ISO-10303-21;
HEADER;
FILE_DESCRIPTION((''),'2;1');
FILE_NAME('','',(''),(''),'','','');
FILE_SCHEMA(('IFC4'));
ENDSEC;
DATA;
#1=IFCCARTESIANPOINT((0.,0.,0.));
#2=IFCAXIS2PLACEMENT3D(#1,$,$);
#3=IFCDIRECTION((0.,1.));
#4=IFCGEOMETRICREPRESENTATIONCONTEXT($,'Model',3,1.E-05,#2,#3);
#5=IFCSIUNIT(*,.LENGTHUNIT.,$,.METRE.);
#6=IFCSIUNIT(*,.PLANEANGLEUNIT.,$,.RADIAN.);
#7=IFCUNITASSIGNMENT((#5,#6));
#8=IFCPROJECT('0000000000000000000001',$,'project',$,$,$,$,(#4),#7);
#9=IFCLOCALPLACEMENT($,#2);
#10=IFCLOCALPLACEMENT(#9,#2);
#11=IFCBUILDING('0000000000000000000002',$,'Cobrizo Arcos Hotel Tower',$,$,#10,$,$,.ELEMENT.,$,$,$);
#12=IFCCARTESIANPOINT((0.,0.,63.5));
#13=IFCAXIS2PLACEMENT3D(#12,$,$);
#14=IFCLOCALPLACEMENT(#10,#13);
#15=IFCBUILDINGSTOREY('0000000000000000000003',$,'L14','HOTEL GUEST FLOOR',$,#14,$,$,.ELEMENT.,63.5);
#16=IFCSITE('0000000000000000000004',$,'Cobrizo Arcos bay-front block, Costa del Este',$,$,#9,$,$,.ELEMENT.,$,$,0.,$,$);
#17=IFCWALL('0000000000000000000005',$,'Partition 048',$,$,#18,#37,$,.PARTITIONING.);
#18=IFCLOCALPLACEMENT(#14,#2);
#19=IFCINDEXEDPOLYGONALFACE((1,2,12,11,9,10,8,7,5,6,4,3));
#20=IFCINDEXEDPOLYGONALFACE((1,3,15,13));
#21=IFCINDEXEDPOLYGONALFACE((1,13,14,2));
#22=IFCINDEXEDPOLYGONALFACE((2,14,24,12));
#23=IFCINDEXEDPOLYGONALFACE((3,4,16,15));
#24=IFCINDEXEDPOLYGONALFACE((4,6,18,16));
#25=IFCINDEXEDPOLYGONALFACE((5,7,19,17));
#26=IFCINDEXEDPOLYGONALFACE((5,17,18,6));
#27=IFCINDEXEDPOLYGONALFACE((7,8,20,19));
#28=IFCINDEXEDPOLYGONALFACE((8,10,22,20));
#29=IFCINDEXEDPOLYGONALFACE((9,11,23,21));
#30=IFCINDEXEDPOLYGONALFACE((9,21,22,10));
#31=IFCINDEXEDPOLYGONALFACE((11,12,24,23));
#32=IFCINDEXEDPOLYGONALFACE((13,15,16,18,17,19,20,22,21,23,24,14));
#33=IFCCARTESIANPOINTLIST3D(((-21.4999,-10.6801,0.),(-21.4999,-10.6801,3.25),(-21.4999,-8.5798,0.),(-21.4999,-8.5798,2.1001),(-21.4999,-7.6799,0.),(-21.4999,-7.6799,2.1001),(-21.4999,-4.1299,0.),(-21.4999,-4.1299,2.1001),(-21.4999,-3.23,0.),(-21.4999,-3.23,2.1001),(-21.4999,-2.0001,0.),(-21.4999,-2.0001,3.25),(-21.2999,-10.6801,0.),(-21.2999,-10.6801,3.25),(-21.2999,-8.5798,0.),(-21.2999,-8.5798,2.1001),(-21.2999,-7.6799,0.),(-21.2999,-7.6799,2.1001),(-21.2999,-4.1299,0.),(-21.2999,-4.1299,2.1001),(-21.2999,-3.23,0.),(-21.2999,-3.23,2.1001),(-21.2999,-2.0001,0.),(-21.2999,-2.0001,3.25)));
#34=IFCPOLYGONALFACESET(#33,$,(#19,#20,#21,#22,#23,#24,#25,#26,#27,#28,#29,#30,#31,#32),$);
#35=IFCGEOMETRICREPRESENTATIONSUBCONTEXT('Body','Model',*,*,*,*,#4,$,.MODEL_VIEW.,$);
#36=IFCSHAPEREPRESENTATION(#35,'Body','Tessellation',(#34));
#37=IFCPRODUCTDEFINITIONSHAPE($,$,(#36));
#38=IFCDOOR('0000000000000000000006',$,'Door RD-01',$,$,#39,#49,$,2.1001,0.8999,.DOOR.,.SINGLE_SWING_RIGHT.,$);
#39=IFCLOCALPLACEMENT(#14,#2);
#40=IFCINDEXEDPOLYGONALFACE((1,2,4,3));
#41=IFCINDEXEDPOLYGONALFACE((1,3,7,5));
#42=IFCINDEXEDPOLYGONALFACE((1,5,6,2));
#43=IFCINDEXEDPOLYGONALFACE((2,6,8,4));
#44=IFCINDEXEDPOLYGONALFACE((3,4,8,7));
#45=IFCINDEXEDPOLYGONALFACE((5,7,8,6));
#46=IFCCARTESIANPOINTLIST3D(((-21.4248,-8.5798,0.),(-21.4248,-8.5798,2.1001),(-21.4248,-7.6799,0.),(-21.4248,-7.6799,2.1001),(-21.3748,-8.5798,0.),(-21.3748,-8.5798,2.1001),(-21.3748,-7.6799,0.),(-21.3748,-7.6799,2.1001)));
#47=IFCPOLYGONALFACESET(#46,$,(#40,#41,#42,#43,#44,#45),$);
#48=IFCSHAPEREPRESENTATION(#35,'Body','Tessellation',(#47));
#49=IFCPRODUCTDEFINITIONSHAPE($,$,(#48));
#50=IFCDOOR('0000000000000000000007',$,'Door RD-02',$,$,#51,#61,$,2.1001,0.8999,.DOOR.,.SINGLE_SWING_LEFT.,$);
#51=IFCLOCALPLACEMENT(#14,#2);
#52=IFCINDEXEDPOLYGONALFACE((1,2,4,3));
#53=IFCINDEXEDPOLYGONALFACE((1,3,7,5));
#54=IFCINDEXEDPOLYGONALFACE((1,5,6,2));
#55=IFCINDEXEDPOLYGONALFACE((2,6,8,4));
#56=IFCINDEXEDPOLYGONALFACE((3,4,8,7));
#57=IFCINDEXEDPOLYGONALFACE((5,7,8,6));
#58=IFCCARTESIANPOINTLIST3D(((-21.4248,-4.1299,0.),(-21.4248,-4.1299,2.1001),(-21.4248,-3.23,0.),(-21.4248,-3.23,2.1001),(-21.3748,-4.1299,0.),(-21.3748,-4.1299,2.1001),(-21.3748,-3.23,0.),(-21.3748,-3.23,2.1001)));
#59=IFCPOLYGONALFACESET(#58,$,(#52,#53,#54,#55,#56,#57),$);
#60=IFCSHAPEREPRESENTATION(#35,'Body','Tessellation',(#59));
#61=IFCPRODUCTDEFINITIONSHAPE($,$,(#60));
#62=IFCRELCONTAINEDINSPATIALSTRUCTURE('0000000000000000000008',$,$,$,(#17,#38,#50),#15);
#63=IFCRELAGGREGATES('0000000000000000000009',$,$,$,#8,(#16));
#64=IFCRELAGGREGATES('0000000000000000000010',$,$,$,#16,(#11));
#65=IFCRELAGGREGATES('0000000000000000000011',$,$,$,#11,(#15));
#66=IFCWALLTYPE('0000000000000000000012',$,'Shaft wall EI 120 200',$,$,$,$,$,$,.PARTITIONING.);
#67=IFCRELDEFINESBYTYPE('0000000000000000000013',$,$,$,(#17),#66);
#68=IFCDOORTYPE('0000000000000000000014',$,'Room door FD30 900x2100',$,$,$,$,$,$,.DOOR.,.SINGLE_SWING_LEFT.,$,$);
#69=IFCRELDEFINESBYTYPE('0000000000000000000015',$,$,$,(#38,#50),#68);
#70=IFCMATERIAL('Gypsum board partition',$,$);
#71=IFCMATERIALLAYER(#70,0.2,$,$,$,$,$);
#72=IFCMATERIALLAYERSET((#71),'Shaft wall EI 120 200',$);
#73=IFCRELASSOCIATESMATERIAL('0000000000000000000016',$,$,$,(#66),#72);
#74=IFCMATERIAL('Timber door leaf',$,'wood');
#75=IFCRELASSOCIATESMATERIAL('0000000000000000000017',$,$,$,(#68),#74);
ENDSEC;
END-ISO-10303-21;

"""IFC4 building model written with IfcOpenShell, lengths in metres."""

from ifc_helpers import new_model, si_unit, direction, frame, frame_2d, origin, place, context, subcontext, project, spatial, rectangle, extrude, material, layer, layer_set, type_object, element, fill, save


model = new_model("IFC4")

# Units and contexts
model_context = context("Model", 3, precision=1e-05, world=origin(), true_north=direction((0.0, 1.0)))
body_context = subcontext(model_context, "Body", "Model", "MODEL_VIEW")
ifc_project = project(units=[si_unit("LENGTHUNIT", "METRE"), si_unit("PLANEANGLEUNIT", "RADIAN")], contexts=[model_context])

# Site, building, storey
site_placement = place(None, origin())
site = spatial("IfcSite", under=ifc_project, at=site_placement, Name="Cobrizo Arcos bay-front block, Costa del Este", CompositionType="ELEMENT", RefElevation=0.0)
building_placement = place(site_placement, origin())
building = spatial("IfcBuilding", under=site, at=building_placement, Name="Cobrizo Arcos Hotel Tower", CompositionType="ELEMENT")
storey_placement = place(building_placement, frame((0.0, 0.0, 63.5)))
storey = spatial("IfcBuildingStorey", under=building, at=storey_placement, Name="L14", Description="HOTEL GUEST FLOOR", CompositionType="ELEMENT", Elevation=63.5)

# Shared definitions
ifc_material_1 = material(Name="Gypsum board partition")

# Shared definitions
ifc_material_2 = material(Name="Timber door leaf", Category="wood")

# Wall, openings, doors
ifc_layer_1 = layer(ifc_material_1, 0.2)
ifc_layer_set_1 = layer_set([ifc_layer_1], Name="Shaft wall EI 120 200")
wall_type_1 = type_object("IfcWallType", Name="Shaft wall EI 120 200", PredefinedType="PARTITIONING", material=ifc_layer_set_1)
wall_1_placement = place(storey_placement, frame((-21.3999, -10.6799, 0.0), z_axis=(0.0, 0.0, 1.0), x_axis=(0.0, 1.0, 0.0)))
wall_1 = element("IfcWall", 1, at=wall_1_placement, inside=storey, type_object=wall_type_1, Name="Partition 048", PredefinedType="PARTITIONING", context=body_context, shape_type="SweptSolid", body=[
    extrude(rectangle(XDim=8.6799, YDim=0.2, at=frame_2d((4.3398, 0.0))), origin(), (0.0, 0.0, 1.0), 3.25),
])
opening_1_placement = place(wall_1_placement, frame((2.1001, 0.0, 0.0)))
opening_1 = element("IfcOpeningElement", 2, at=opening_1_placement, cuts=wall_1, PredefinedType="OPENING", context=body_context, shape_type="SweptSolid", body=[
    extrude(rectangle(XDim=0.8999, YDim=2.1001, at=frame_2d((0.45, 1.05))), frame((0.0, 0.1121, 0.0), z_axis=(0.0, -1.0, 0.0), x_axis=(1.0, 0.0, 0.0)), (0.0, 0.0, 1.0), 0.2239),
])
opening_2_placement = place(wall_1_placement, frame((6.55, 0.0, 0.0)))
opening_2 = element("IfcOpeningElement", 3, at=opening_2_placement, cuts=wall_1, PredefinedType="OPENING", context=body_context, shape_type="SweptSolid", body=[
    extrude(rectangle(XDim=0.8999, YDim=2.1001, at=frame_2d((0.45, 1.05))), frame((0.0, 0.1121, 0.0), z_axis=(0.0, -1.0, 0.0), x_axis=(1.0, 0.0, 0.0)), (0.0, 0.0, 1.0), 0.2239),
])
door_type_1 = type_object("IfcDoorType", Name="Room door FD30 900x2100", OperationType="SINGLE_SWING_LEFT", PredefinedType="DOOR", material=ifc_material_2)
door_1_placement = place(opening_1_placement, origin())
door_1 = element("IfcDoor", 4, at=door_1_placement, inside=storey, type_object=door_type_1, Name="Door RD-01", OperationType="SINGLE_SWING_RIGHT", OverallHeight=2.1001, OverallWidth=0.8999, PredefinedType="DOOR", context=body_context, shape_type="SweptSolid", body=[
    extrude(rectangle(XDim=0.8999, YDim=2.1001, at=frame_2d((0.45, 1.05))), frame((0.0, 0.0249, 0.0), z_axis=(0.0, -1.0, 0.0), x_axis=(1.0, 0.0, 0.0)), (0.0, 0.0, 1.0), 0.05),
])
fill(opening_1, door_1)
door_2_placement = place(opening_2_placement, origin())
door_2 = element("IfcDoor", 5, at=door_2_placement, inside=storey, type_object=door_type_1, Name="Door RD-02", OperationType="SINGLE_SWING_LEFT", OverallHeight=2.1001, OverallWidth=0.8999, PredefinedType="DOOR", context=body_context, shape_type="SweptSolid", body=[
    extrude(rectangle(XDim=0.8999, YDim=2.1001, at=frame_2d((0.45, 1.05))), frame((0.0, 0.0249, 0.0), z_axis=(0.0, -1.0, 0.0), x_axis=(1.0, 0.0, 0.0)), (0.0, 0.0, 1.0), 0.05),
])
fill(opening_2, door_2)

save(model, "model.ifc")
